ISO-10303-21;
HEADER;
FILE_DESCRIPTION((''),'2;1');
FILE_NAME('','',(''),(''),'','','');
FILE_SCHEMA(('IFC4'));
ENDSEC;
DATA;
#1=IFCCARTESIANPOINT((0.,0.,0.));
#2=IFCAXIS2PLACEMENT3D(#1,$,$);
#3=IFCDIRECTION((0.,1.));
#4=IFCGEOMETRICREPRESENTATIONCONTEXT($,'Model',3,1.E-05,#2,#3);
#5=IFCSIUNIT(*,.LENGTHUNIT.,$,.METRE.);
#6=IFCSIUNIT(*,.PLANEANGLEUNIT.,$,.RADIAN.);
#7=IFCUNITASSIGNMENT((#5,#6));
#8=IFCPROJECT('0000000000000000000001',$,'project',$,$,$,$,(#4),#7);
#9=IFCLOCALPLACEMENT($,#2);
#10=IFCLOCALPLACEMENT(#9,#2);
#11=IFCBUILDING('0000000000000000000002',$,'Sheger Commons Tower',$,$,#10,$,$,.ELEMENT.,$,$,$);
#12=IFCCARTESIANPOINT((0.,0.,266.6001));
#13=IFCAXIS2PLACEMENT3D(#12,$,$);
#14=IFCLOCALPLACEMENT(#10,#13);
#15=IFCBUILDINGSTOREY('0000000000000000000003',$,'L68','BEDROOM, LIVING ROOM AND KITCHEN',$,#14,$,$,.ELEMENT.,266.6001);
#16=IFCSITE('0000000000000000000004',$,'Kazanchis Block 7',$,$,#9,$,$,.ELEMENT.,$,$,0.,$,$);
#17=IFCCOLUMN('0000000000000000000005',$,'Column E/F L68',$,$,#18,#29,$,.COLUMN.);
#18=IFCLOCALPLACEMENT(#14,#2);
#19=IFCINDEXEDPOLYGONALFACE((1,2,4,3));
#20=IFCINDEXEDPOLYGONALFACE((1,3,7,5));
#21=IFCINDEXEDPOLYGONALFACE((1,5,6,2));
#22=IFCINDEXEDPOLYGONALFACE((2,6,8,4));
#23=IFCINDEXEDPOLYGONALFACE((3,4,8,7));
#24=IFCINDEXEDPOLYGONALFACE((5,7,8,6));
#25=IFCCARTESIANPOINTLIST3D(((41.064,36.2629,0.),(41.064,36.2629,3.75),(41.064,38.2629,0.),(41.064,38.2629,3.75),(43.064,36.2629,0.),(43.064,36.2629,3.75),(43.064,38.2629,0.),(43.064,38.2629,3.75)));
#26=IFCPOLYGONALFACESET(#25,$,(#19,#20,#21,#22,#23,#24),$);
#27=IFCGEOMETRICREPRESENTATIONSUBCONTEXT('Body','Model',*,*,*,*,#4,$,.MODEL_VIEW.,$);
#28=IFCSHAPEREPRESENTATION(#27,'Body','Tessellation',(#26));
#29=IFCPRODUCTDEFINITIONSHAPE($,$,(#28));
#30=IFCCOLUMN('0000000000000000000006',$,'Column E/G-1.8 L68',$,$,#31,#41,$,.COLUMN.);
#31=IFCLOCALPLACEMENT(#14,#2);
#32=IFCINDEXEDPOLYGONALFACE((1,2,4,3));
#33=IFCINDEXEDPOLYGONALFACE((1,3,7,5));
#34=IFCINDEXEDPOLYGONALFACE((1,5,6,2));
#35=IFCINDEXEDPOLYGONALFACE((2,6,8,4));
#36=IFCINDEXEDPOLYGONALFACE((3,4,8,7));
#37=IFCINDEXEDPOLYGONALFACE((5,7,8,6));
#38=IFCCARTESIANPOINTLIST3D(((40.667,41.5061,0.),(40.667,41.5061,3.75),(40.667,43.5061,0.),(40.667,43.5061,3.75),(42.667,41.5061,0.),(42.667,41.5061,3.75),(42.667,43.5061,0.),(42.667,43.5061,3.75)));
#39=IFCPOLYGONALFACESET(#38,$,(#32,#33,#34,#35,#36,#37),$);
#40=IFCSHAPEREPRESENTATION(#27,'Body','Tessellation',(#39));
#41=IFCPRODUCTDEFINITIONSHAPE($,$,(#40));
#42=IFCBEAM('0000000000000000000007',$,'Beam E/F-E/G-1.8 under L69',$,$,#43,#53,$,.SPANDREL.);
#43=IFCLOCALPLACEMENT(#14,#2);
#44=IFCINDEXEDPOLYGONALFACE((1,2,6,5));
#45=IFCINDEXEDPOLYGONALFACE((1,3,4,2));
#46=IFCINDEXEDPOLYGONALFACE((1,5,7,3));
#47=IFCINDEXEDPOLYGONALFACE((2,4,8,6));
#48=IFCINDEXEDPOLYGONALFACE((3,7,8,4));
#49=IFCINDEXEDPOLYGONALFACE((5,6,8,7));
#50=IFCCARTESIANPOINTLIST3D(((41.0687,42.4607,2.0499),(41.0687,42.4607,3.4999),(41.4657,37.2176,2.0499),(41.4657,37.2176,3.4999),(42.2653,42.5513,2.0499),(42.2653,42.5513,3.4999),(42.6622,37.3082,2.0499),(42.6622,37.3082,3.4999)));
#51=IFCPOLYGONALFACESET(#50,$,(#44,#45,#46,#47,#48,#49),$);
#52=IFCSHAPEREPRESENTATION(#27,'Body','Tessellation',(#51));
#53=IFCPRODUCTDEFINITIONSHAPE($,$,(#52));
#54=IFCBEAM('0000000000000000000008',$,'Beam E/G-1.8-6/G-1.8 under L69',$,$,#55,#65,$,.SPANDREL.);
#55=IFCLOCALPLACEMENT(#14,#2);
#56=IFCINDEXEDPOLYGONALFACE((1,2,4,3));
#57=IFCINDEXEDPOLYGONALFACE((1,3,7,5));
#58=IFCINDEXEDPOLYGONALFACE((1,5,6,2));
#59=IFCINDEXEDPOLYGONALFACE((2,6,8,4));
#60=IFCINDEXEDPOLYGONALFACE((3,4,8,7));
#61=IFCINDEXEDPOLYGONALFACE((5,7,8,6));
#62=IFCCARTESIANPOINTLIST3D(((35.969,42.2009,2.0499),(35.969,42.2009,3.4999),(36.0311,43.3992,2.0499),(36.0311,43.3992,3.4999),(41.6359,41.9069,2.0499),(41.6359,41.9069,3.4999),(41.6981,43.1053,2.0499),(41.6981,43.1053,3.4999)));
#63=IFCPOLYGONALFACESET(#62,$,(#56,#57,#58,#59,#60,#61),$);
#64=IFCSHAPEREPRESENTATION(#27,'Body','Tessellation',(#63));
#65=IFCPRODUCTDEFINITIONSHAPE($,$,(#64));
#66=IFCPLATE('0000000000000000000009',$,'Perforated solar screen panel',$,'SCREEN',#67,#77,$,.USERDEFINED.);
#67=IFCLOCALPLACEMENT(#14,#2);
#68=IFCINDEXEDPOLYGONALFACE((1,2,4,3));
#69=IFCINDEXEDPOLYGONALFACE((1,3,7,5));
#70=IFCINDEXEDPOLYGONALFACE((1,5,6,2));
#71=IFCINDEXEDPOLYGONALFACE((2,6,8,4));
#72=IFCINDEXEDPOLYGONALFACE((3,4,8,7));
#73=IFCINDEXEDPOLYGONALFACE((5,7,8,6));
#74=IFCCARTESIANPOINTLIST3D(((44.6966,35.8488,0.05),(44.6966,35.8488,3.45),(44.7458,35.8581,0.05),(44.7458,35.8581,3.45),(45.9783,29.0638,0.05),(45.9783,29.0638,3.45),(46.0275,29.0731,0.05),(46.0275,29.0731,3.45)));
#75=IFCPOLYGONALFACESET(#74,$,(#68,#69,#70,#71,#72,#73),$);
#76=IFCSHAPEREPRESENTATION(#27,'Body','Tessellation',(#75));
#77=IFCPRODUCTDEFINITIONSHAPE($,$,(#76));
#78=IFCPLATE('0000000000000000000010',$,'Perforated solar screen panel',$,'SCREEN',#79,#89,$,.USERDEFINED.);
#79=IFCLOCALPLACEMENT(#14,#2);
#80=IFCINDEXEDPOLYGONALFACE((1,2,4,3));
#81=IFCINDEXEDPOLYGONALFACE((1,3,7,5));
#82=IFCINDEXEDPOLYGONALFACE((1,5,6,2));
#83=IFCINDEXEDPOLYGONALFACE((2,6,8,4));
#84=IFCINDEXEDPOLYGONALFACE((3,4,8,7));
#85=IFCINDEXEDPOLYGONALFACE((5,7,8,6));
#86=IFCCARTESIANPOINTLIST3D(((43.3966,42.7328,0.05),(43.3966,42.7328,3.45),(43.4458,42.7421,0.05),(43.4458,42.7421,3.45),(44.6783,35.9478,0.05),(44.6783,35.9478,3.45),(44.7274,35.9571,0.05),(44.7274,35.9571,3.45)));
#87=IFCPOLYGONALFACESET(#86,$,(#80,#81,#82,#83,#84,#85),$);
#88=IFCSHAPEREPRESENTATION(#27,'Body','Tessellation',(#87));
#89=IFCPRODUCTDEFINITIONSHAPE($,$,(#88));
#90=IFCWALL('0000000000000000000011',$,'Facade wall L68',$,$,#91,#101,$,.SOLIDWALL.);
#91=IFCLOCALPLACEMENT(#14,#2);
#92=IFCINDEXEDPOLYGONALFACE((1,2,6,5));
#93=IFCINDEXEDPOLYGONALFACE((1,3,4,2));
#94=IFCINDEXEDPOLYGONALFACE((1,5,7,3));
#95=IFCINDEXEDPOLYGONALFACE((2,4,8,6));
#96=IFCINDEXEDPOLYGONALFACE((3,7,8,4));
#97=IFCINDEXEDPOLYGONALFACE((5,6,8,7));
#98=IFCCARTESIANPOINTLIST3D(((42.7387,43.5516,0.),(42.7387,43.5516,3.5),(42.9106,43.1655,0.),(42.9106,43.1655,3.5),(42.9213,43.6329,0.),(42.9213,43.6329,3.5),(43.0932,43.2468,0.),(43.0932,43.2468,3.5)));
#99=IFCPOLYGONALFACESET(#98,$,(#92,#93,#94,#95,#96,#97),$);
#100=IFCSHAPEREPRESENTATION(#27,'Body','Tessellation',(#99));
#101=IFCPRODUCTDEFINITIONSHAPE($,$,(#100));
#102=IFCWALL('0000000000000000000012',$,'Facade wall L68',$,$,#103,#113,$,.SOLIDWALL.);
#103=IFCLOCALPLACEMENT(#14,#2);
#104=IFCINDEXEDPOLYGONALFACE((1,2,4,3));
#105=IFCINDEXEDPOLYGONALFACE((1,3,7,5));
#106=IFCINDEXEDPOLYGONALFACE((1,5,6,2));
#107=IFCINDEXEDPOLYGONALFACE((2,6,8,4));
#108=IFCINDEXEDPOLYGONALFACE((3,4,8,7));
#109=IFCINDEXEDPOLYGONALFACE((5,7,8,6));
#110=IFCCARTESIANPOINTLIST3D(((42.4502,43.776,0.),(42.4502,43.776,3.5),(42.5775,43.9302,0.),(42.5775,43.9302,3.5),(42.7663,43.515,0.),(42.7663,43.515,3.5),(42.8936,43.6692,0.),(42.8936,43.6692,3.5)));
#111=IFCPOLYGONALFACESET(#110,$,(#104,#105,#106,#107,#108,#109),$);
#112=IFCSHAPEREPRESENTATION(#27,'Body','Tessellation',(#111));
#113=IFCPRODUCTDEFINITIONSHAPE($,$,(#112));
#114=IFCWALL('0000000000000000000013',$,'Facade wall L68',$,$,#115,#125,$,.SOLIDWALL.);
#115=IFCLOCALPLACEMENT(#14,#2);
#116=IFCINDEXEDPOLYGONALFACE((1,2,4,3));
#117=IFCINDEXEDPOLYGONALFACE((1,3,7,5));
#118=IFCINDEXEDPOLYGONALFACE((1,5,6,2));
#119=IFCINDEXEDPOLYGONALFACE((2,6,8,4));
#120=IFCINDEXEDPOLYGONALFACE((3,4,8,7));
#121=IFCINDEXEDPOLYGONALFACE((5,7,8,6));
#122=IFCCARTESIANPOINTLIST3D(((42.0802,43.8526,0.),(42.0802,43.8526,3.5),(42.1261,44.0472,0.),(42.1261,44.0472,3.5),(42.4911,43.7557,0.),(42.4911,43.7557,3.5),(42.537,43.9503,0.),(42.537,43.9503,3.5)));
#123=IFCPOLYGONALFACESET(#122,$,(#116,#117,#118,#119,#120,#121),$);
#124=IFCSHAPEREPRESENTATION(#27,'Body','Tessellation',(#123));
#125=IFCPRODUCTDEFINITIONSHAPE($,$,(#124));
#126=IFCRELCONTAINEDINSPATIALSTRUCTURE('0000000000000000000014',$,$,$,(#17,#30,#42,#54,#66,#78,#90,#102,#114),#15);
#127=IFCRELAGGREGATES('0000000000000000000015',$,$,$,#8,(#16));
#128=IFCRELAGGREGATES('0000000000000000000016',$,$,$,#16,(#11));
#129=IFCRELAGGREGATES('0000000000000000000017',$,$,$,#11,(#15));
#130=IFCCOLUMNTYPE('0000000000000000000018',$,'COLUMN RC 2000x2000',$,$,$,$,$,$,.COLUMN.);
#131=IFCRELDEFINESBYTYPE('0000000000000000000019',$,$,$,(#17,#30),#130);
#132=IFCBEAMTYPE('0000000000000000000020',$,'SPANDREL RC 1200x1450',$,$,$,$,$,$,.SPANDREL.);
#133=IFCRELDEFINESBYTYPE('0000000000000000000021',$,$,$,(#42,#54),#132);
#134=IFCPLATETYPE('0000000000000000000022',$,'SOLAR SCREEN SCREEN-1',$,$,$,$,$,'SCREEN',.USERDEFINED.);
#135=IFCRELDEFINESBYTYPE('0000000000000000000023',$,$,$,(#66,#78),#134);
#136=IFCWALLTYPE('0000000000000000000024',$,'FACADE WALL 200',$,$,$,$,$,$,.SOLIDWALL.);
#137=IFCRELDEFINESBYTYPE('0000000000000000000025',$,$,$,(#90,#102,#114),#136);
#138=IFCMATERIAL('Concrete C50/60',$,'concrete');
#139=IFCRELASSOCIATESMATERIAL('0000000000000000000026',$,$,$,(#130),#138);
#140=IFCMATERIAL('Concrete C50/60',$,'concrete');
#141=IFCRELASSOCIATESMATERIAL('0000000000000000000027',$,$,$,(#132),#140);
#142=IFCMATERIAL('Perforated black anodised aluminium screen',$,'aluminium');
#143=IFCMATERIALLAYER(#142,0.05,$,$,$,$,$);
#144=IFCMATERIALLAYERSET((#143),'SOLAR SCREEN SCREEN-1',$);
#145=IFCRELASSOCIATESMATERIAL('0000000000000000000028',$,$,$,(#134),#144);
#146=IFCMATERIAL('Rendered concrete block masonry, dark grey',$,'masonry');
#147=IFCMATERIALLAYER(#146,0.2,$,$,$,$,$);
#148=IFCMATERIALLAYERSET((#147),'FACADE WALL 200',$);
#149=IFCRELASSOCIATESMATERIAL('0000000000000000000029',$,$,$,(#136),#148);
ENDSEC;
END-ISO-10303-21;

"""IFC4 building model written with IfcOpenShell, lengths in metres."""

from ifc_helpers import new_model, si_unit, direction, frame, frame_2d, origin, origin_2d, place, context, subcontext, project, spatial, rectangle, extrude, material, layer, layer_set, material_profile, profile_set, type_object, element, save


model = new_model("IFC4")

# Units and contexts
model_context = context("Model", 3, precision=1e-05, world=origin(), true_north=direction((0.0, 1.0)))
body_context = subcontext(model_context, "Body", "Model", "MODEL_VIEW")
ifc_project = project(units=[si_unit("LENGTHUNIT", "METRE"), si_unit("PLANEANGLEUNIT", "RADIAN")], contexts=[model_context])

# Site, building, storey
site_placement = place(None, origin())
site = spatial("IfcSite", under=ifc_project, at=site_placement, Name="Kazanchis Block 7", CompositionType="ELEMENT", RefElevation=0.0)
building_placement = place(site_placement, origin())
building = spatial("IfcBuilding", under=site, at=building_placement, Name="Sheger Commons Tower", CompositionType="ELEMENT")
storey_placement = place(building_placement, frame((0.0, 0.0, 266.6001)))
storey = spatial("IfcBuildingStorey", under=building, at=storey_placement, Name="L68", Description="BEDROOM, LIVING ROOM AND KITCHEN", CompositionType="ELEMENT", Elevation=266.6001)

# Columns
ifc_material_1 = material(Name="Concrete C50/60", Category="concrete")
ifc_material_profile_1 = material_profile(ifc_material_1, rectangle(XDim=2.0, YDim=2.0, at=origin_2d()), Name="RC 2000x2000")
ifc_profile_set_1 = profile_set([ifc_material_profile_1], Name="Concrete C50/60")
column_type = type_object("IfcColumnType", Name="COLUMN RC 2000x2000", PredefinedType="COLUMN", material=ifc_profile_set_1)
for number, where, z_axis, x_axis, name in (
    (1, (42.064, 37.2629, 0.0), (0.0, 0.0, 1.0), (1.0, 0.0, 0.0), "Column E/F L68"),
    (2, (41.667, 42.5061, 0.0), (0.0, 0.0, 1.0), (1.0, 0.0, 0.0), "Column E/G-1.8 L68"),
):
    element("IfcColumn", number, at=place(storey_placement, frame(where, z_axis=z_axis, x_axis=x_axis)), inside=storey, type_object=column_type, Name=name, PredefinedType="COLUMN", context=body_context, shape_type="SweptSolid", body=[
        extrude(rectangle(XDim=2.0, YDim=2.0, at=origin_2d()), origin(), (0.0, 0.0, 1.0), 3.75),
    ])

# Beams
ifc_material_2 = material(Name="Concrete C50/60", Category="concrete")
ifc_material_profile_2 = material_profile(ifc_material_2, rectangle(XDim=1.2, YDim=1.45, at=origin_2d()), Name="RC 1200x1450")
ifc_profile_set_2 = profile_set([ifc_material_profile_2], Name="Concrete C50/60")
beam_type = type_object("IfcBeamType", Name="SPANDREL RC 1200x1450", PredefinedType="SPANDREL", material=ifc_profile_set_2)
beam_1_placement = place(storey_placement, frame((42.064, 37.2629, 2.7749), z_axis=(-0.075496, 0.997146, 0.0), x_axis=(-0.997146, -0.075496, 0.0)))
element("IfcBeam", 3, at=beam_1_placement, inside=storey, type_object=beam_type, Name="Beam E/F-E/G-1.8 under L69", PredefinedType="SPANDREL", context=body_context, shape_type="SweptSolid", body=[
    extrude(rectangle(XDim=1.2, YDim=1.45, at=origin_2d()), origin(), (0.0, 0.0, 1.0), 5.2581),
])
beam_2_placement = place(storey_placement, frame((41.667, 42.5061, 2.7749), z_axis=(-0.998657, 0.0518, 0.0), x_axis=(-0.0518, -0.998657, 0.0)))
element("IfcBeam", 4, at=beam_2_placement, inside=storey, type_object=beam_type, Name="Beam E/G-1.8-6/G-1.8 under L69", PredefinedType="SPANDREL", context=body_context, shape_type="SweptSolid", body=[
    extrude(rectangle(XDim=1.2, YDim=1.45, at=origin_2d()), origin(), (0.0, 0.0, 1.0), 5.6746),
])

# Plates
ifc_material_3 = material(Name="Perforated black anodised aluminium screen", Category="aluminium")
ifc_layer_1 = layer(ifc_material_3, 0.05)
ifc_layer_set_1 = layer_set([ifc_layer_1], Name="SOLAR SCREEN SCREEN-1")
plate_type = type_object("IfcPlateType", Name="SOLAR SCREEN SCREEN-1", ElementType="SCREEN", PredefinedType="USERDEFINED", material=ifc_layer_set_1)
for number, where, z_axis, x_axis, name in (
    (5, (45.3621, 32.4609, 0.05), (0.0, 0.0, 1.0), (-0.185615, 0.982623, 0.0), "Perforated solar screen panel"),
    (6, (44.062, 39.345, 0.05), (0.0, 0.0, 1.0), (-0.185615, 0.982623, 0.0), "Perforated solar screen panel"),
):
    element("IfcPlate", number, at=place(storey_placement, frame(where, z_axis=z_axis, x_axis=x_axis)), inside=storey, type_object=plate_type, Name=name, ObjectType="SCREEN", PredefinedType="USERDEFINED", context=body_context, shape_type="SweptSolid", body=[
        extrude(rectangle(XDim=6.905, YDim=0.05, at=origin_2d()), origin(), (0.0, 0.0, 1.0), 3.3999),
    ])

# Walls
ifc_material_4 = material(Name="Rendered concrete block masonry, dark grey", Category="masonry")
ifc_layer_2 = layer(ifc_material_4, 0.2)
ifc_layer_set_2 = layer_set([ifc_layer_2], Name="FACADE WALL 200")
wall_type_1 = type_object("IfcWallType", Name="FACADE WALL 200", PredefinedType="SOLIDWALL", material=ifc_layer_set_2)
wall_1_placement = place(storey_placement, frame((43.002, 43.2061, 0.0), z_axis=(0.0, 0.0, 1.0), x_axis=(-0.406782, 0.913525, 0.0)))
element("IfcWall", 7, at=wall_1_placement, inside=storey, type_object=wall_type_1, Name="Facade wall L68", PredefinedType="SOLIDWALL", context=body_context, shape_type="SweptSolid", body=[
    extrude(rectangle(XDim=0.4226, YDim=0.2, at=frame_2d((0.2114, 0.0))), origin(), (0.0, 0.0, 1.0), 3.5),
])
wall_2_placement = place(storey_placement, frame((42.8301, 43.592, 0.0), z_axis=(0.0, 0.0, 1.0), x_axis=(-0.771191, 0.636604, 0.0)))
element("IfcWall", 8, at=wall_2_placement, inside=storey, type_object=wall_type_1, Name="Facade wall L68", PredefinedType="SOLIDWALL", context=body_context, shape_type="SweptSolid", body=[
    extrude(rectangle(XDim=0.4099, YDim=0.2, at=frame_2d((0.2051, 0.0))), origin(), (0.0, 0.0, 1.0), 3.5),
])
wall_3_placement = place(storey_placement, frame((42.5139, 43.853, 0.0), z_axis=(0.0, 0.0, 1.0), x_axis=(-0.973288, 0.229587, 0.0)))
element("IfcWall", 9, at=wall_3_placement, inside=storey, type_object=wall_type_1, Name="Facade wall L68", PredefinedType="SOLIDWALL", context=body_context, shape_type="SweptSolid", body=[
    extrude(rectangle(XDim=0.4221, YDim=0.2, at=frame_2d((0.2109, 0.0))), origin(), (0.0, 0.0, 1.0), 3.5),
])

save(model, "model.ifc")
